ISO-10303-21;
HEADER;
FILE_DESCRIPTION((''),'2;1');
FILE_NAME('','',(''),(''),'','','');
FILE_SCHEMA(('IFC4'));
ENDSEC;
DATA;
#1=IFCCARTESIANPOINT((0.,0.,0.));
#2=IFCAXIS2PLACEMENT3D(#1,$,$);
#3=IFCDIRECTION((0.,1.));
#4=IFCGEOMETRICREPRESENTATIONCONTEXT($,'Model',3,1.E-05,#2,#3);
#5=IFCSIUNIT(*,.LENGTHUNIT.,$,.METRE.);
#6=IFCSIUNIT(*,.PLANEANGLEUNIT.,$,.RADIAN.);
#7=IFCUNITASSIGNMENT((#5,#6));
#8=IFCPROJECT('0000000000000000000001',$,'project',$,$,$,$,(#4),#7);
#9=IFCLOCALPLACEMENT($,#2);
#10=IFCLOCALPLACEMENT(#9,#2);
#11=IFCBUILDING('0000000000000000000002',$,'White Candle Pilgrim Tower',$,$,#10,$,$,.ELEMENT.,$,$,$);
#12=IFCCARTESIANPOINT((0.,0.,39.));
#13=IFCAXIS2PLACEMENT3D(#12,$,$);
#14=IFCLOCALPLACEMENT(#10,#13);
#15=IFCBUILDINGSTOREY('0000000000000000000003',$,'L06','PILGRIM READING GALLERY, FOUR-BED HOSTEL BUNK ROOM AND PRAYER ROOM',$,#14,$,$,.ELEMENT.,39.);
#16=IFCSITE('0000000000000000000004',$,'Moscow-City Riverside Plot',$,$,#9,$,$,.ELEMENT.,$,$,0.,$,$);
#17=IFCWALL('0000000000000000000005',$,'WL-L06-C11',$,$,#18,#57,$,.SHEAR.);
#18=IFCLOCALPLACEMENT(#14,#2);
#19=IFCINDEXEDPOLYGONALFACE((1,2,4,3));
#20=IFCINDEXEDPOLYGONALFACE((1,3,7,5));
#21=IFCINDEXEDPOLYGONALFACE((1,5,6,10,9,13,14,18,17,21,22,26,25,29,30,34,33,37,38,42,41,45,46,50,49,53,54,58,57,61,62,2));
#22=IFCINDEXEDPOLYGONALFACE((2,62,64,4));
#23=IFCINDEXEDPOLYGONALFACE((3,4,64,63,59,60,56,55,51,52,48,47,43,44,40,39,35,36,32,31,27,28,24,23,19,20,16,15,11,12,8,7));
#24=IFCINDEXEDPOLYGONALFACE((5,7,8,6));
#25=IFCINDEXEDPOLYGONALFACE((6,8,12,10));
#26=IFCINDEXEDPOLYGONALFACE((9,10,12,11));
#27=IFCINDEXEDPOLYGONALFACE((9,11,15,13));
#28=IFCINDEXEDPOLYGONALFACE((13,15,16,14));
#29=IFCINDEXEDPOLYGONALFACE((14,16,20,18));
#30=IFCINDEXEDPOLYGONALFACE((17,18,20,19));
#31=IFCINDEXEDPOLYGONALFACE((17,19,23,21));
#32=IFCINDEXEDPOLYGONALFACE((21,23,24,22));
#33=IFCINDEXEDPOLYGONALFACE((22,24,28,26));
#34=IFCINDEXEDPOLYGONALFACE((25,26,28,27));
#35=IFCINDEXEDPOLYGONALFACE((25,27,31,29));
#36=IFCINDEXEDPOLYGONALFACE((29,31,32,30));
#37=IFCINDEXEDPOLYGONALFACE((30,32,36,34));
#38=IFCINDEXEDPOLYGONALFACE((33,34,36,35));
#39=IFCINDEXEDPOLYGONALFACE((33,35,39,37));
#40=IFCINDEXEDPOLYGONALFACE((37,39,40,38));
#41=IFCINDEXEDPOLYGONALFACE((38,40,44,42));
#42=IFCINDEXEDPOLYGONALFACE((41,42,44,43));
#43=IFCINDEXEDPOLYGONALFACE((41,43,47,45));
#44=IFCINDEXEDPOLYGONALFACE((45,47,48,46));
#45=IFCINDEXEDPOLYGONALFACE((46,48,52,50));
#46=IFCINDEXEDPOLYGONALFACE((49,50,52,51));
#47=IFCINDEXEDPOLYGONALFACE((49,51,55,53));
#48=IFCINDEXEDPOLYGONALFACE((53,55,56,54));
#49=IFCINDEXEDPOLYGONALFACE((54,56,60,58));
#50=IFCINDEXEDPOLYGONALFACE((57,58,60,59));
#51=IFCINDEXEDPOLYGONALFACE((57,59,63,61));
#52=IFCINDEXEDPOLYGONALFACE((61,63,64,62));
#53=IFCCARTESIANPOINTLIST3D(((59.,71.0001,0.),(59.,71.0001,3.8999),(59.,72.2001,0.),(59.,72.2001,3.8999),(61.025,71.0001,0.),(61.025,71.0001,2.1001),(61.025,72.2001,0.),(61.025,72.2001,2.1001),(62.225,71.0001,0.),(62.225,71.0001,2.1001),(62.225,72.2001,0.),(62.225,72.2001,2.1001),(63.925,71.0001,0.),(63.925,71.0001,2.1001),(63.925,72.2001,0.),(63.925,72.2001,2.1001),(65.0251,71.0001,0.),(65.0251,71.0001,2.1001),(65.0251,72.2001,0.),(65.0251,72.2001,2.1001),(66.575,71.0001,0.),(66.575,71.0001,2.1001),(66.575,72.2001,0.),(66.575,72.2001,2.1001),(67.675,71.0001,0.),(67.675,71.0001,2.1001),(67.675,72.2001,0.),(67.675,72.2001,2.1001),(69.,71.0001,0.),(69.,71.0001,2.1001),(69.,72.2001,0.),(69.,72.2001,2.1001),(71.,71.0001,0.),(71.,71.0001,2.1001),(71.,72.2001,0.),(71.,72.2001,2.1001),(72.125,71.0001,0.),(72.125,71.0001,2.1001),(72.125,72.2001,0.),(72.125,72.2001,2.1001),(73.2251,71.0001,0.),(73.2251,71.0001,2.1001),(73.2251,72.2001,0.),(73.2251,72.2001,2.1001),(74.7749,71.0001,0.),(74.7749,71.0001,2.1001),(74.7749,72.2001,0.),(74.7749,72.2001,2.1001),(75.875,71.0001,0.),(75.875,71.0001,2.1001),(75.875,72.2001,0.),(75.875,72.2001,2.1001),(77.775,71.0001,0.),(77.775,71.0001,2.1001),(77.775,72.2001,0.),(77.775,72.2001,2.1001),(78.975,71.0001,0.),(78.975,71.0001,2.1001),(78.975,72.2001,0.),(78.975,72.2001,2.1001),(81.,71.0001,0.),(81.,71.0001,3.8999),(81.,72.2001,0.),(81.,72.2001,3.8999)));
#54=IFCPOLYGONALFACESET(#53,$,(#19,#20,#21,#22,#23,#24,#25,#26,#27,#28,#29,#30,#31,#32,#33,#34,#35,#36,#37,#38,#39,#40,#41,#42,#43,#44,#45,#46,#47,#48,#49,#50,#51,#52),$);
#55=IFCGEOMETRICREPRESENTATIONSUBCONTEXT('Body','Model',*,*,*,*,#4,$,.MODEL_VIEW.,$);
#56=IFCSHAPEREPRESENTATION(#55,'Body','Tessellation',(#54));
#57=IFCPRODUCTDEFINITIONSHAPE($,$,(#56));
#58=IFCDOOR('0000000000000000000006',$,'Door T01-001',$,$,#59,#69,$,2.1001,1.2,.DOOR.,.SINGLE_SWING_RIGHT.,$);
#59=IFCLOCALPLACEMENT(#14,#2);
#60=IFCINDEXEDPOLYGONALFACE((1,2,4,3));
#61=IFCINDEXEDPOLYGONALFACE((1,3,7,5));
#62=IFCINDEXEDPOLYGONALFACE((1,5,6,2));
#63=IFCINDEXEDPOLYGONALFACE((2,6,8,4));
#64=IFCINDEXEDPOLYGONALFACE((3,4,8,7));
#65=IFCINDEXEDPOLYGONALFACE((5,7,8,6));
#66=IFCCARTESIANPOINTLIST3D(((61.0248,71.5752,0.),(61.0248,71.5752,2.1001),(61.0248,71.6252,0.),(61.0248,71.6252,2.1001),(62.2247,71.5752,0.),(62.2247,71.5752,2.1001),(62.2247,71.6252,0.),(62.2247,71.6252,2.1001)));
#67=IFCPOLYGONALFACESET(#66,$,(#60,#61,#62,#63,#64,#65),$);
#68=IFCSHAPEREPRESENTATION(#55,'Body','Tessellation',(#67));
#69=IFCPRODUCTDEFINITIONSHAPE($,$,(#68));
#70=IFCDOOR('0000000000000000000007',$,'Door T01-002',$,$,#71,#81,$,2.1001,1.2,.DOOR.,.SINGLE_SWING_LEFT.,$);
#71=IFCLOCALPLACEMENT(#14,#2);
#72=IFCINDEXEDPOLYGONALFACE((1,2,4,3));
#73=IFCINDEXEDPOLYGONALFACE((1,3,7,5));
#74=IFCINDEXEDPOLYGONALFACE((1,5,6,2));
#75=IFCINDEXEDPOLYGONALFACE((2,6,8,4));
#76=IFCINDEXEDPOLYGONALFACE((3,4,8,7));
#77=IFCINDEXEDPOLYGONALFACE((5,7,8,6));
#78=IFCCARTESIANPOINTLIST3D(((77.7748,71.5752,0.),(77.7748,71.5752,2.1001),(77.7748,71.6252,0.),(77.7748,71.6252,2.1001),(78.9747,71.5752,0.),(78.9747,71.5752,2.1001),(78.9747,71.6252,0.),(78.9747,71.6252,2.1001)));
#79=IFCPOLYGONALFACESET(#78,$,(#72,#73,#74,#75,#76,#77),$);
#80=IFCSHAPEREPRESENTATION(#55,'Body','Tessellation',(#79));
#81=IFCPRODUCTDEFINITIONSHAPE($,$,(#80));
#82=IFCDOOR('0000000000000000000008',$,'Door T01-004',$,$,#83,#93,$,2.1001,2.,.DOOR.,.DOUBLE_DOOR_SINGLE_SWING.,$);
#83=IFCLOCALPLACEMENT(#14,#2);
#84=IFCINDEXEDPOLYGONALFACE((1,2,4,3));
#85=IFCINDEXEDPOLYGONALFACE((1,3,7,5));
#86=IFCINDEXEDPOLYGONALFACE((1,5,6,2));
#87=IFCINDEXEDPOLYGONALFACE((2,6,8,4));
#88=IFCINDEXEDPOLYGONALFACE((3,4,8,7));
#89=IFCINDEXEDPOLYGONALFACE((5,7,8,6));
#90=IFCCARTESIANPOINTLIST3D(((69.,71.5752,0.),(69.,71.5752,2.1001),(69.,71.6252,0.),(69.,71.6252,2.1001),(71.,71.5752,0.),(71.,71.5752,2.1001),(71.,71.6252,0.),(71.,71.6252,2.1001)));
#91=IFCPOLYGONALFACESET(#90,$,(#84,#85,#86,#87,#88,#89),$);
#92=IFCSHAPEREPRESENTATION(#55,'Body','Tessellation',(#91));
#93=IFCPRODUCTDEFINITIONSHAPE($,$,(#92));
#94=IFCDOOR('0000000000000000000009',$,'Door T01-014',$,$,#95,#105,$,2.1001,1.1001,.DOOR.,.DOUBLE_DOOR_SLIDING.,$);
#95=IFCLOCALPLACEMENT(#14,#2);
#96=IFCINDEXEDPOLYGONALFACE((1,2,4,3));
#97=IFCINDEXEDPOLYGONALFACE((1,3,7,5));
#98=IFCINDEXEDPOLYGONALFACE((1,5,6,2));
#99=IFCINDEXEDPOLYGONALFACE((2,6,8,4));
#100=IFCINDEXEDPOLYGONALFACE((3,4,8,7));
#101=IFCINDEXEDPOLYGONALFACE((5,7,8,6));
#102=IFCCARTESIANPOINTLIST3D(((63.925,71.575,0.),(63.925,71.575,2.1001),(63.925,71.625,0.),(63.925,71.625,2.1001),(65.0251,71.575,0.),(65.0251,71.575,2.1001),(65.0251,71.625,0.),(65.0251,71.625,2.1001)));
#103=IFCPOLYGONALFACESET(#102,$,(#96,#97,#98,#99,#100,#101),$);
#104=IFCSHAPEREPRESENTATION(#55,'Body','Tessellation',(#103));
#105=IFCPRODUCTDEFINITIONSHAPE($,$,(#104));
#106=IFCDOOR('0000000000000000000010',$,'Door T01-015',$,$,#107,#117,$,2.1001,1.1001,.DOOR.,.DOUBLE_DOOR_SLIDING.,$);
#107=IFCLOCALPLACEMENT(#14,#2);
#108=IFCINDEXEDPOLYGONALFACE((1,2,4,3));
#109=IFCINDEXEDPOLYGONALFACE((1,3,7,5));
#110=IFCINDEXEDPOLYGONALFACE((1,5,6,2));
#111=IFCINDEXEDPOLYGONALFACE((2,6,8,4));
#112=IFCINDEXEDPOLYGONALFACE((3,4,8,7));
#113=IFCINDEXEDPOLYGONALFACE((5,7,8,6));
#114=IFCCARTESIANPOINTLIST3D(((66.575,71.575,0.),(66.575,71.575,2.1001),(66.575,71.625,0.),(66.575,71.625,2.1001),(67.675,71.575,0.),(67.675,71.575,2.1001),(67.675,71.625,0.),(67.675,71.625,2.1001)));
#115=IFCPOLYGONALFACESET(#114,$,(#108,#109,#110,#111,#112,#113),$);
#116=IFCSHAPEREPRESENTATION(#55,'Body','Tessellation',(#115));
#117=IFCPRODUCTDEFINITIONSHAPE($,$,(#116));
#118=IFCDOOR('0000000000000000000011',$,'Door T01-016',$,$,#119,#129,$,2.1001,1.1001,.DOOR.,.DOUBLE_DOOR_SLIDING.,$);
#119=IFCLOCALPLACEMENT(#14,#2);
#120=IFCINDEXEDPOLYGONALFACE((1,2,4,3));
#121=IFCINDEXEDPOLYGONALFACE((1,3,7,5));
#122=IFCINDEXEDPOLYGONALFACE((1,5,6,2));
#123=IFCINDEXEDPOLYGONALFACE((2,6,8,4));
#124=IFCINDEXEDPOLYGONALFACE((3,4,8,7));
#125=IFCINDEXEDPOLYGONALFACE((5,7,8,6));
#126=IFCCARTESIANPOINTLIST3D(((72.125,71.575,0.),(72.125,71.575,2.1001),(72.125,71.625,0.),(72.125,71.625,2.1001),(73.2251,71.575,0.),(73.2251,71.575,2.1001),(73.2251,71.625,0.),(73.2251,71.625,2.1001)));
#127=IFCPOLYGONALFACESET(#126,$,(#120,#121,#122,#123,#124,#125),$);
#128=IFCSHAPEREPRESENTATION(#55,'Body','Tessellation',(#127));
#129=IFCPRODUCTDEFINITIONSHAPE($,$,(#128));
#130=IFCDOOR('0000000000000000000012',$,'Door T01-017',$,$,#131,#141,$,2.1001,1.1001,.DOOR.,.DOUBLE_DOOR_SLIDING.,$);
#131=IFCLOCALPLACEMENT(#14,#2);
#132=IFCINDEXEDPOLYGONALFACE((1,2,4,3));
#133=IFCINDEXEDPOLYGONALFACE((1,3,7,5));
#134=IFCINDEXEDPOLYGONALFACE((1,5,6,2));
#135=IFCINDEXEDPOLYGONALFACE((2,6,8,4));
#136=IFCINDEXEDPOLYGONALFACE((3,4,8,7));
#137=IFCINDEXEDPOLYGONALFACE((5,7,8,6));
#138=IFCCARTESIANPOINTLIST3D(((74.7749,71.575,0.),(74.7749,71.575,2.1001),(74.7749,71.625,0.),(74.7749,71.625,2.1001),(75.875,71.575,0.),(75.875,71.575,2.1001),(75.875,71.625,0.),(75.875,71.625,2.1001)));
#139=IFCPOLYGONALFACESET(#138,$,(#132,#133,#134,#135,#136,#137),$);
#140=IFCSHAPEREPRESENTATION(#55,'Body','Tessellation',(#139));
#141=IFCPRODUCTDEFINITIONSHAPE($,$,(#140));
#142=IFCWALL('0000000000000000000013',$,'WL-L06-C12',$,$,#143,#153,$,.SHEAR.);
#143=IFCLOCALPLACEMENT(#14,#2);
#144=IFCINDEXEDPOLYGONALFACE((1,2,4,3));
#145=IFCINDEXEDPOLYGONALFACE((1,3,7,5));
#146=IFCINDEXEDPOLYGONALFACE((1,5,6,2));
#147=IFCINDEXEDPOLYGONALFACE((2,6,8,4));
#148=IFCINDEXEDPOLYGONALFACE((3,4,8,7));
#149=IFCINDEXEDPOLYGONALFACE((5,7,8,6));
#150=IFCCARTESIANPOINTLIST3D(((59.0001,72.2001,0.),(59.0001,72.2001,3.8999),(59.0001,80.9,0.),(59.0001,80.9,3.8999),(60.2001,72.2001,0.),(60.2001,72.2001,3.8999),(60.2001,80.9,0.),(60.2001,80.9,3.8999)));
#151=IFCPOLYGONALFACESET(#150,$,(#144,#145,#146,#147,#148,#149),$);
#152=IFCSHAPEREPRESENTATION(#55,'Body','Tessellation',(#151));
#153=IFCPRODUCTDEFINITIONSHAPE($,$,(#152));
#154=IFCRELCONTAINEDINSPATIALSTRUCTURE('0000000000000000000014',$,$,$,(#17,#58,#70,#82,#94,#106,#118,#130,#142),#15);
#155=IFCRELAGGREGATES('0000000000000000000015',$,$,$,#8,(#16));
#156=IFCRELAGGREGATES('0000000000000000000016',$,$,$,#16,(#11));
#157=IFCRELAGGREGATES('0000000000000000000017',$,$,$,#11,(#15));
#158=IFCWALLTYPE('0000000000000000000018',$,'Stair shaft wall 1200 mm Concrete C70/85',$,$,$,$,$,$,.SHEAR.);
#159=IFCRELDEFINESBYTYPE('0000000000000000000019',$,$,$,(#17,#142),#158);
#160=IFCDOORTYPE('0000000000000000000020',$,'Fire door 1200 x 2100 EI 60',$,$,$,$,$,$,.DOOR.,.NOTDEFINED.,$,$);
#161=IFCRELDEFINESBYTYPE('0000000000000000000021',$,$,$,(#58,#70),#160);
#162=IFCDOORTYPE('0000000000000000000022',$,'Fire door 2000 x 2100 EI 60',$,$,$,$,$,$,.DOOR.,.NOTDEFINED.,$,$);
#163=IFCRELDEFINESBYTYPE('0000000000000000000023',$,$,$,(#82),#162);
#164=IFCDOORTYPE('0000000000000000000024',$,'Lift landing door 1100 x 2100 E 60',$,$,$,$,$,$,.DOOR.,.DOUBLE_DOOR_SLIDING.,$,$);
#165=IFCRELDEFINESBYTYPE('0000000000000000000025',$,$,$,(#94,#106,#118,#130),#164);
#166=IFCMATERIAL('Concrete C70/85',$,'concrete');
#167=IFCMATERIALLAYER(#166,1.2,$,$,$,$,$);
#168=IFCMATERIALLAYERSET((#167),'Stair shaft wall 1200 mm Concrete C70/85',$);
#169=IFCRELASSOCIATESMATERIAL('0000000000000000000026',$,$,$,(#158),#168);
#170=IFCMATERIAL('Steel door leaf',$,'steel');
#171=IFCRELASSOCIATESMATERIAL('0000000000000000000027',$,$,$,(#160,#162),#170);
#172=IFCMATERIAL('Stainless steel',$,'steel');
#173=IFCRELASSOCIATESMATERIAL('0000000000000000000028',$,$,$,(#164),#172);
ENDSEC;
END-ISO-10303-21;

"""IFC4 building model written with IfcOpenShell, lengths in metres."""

from ifc_helpers import new_model, si_unit, direction, frame, frame_2d, origin, place, context, subcontext, project, spatial, rectangle, extrude, material, layer, layer_set, type_object, element, fill, save


model = new_model("IFC4")

# Units and contexts
model_context = context("Model", 3, precision=1e-05, world=origin(), true_north=direction((0.0, 1.0)))
body_context = subcontext(model_context, "Body", "Model", "MODEL_VIEW")
ifc_project = project(units=[si_unit("LENGTHUNIT", "METRE"), si_unit("PLANEANGLEUNIT", "RADIAN")], contexts=[model_context])

# Site, building, storey
site_placement = place(None, origin())
site = spatial("IfcSite", under=ifc_project, at=site_placement, Name="Moscow-City Riverside Plot", CompositionType="ELEMENT", RefElevation=0.0)
building_placement = place(site_placement, origin())
building = spatial("IfcBuilding", under=site, at=building_placement, Name="White Candle Pilgrim Tower", CompositionType="ELEMENT")
storey_placement = place(building_placement, frame((0.0, 0.0, 39.0)))
storey = spatial("IfcBuildingStorey", under=building, at=storey_placement, Name="L06", Description="PILGRIM READING GALLERY, FOUR-BED HOSTEL BUNK ROOM AND PRAYER ROOM", CompositionType="ELEMENT", Elevation=39.0)

# Shared definitions
ifc_material_1 = material(Name="Steel door leaf", Category="steel")

# Shared definitions
ifc_material_2 = material(Name="Concrete C70/85", Category="concrete")

# Wall, openings, doors
ifc_layer_1 = layer(ifc_material_2, 1.2)
ifc_layer_set_1 = layer_set([ifc_layer_1], Name="Stair shaft wall 1200 mm Concrete C70/85")
wall_type_1 = type_object("IfcWallType", Name="Stair shaft wall 1200 mm Concrete C70/85", PredefinedType="SHEAR", material=ifc_layer_set_1)
wall_1_placement = place(storey_placement, frame((59.0, 71.6001, 0.0), z_axis=(0.0, 0.0, 1.0), x_axis=(1.0, 0.0, 0.0)))
wall_1 = element("IfcWall", 1, at=wall_1_placement, inside=storey, type_object=wall_type_1, Name="WL-L06-C11", PredefinedType="SHEAR", context=body_context, shape_type="SweptSolid", body=[
    extrude(rectangle(XDim=22.0, YDim=1.2, at=frame_2d((11.0, 0.0))), origin(), (0.0, 0.0, 1.0), 3.8999),
])
opening_1_placement = place(wall_1_placement, frame((2.0249, 0.0, 0.0)))
opening_1 = element("IfcOpeningElement", 2, at=opening_1_placement, cuts=wall_1, PredefinedType="OPENING", context=body_context, shape_type="SweptSolid", body=[
    extrude(rectangle(XDim=1.2, YDim=2.1001, at=frame_2d((0.6001, 1.05))), frame((0.0, 0.6099, 0.0), z_axis=(0.0, -1.0, 0.0), x_axis=(1.0, 0.0, 0.0)), (0.0, 0.0, 1.0), 1.22),
])
opening_2_placement = place(wall_1_placement, frame((18.7749, 0.0, 0.0)))
opening_2 = element("IfcOpeningElement", 3, at=opening_2_placement, cuts=wall_1, PredefinedType="OPENING", context=body_context, shape_type="SweptSolid", body=[
    extrude(rectangle(XDim=1.2, YDim=2.1001, at=frame_2d((0.6001, 1.05))), frame((0.0, 0.6099, 0.0), z_axis=(0.0, -1.0, 0.0), x_axis=(1.0, 0.0, 0.0)), (0.0, 0.0, 1.0), 1.22),
])
opening_3_placement = place(wall_1_placement, frame((10.0, 0.0, 0.0)))
opening_3 = element("IfcOpeningElement", 4, at=opening_3_placement, cuts=wall_1, PredefinedType="OPENING", context=body_context, shape_type="SweptSolid", body=[
    extrude(rectangle(XDim=2.0, YDim=2.1001, at=frame_2d((1.0, 1.05))), frame((0.0, 0.6099, 0.0), z_axis=(0.0, -1.0, 0.0), x_axis=(1.0, 0.0, 0.0)), (0.0, 0.0, 1.0), 1.22),
])
opening_4_placement = place(wall_1_placement, frame((4.925, 0.0, 0.0)))
opening_4 = element("IfcOpeningElement", 5, at=opening_4_placement, cuts=wall_1, PredefinedType="OPENING", context=body_context, shape_type="SweptSolid", body=[
    extrude(rectangle(XDim=1.1001, YDim=2.1001, at=frame_2d((0.55, 1.05))), frame((0.0, 0.6099, 0.0), z_axis=(0.0, -1.0, 0.0), x_axis=(1.0, 0.0, 0.0)), (0.0, 0.0, 1.0), 1.22),
])
opening_5_placement = place(wall_1_placement, frame((7.575, 0.0, 0.0)))
opening_5 = element("IfcOpeningElement", 6, at=opening_5_placement, cuts=wall_1, PredefinedType="OPENING", context=body_context, shape_type="SweptSolid", body=[
    extrude(rectangle(XDim=1.1001, YDim=2.1001, at=frame_2d((0.55, 1.05))), frame((0.0, 0.6099, 0.0), z_axis=(0.0, -1.0, 0.0), x_axis=(1.0, 0.0, 0.0)), (0.0, 0.0, 1.0), 1.22),
])
opening_6_placement = place(wall_1_placement, frame((13.125, 0.0, 0.0)))
opening_6 = element("IfcOpeningElement", 7, at=opening_6_placement, cuts=wall_1, PredefinedType="OPENING", context=body_context, shape_type="SweptSolid", body=[
    extrude(rectangle(XDim=1.1001, YDim=2.1001, at=frame_2d((0.55, 1.05))), frame((0.0, 0.6099, 0.0), z_axis=(0.0, -1.0, 0.0), x_axis=(1.0, 0.0, 0.0)), (0.0, 0.0, 1.0), 1.22),
])
opening_7_placement = place(wall_1_placement, frame((15.7749, 0.0, 0.0)))
opening_7 = element("IfcOpeningElement", 8, at=opening_7_placement, cuts=wall_1, PredefinedType="OPENING", context=body_context, shape_type="SweptSolid", body=[
    extrude(rectangle(XDim=1.1001, YDim=2.1001, at=frame_2d((0.55, 1.05))), frame((0.0, 0.6099, 0.0), z_axis=(0.0, -1.0, 0.0), x_axis=(1.0, 0.0, 0.0)), (0.0, 0.0, 1.0), 1.22),
])
door_type_1 = type_object("IfcDoorType", Name="Fire door 1200 x 2100 EI 60", OperationType="NOTDEFINED", PredefinedType="DOOR", material=ifc_material_1)
door_1_placement = place(opening_1_placement, frame((1.2, 0.0, 0.0), z_axis=(0.0, 0.0, 1.0), x_axis=(-1.0, 0.0, 0.0)))
door_1 = element("IfcDoor", 9, at=door_1_placement, inside=storey, type_object=door_type_1, Name="Door T01-001", OperationType="SINGLE_SWING_RIGHT", OverallHeight=2.1001, OverallWidth=1.2, PredefinedType="DOOR", context=body_context, shape_type="SweptSolid", body=[
    extrude(rectangle(XDim=1.2, YDim=2.1001, at=frame_2d((0.6001, 1.05))), frame((0.0, 0.0249, 0.0), z_axis=(0.0, -1.0, 0.0), x_axis=(1.0, 0.0, 0.0)), (0.0, 0.0, 1.0), 0.05),
])
fill(opening_1, door_1)
door_2_placement = place(opening_2_placement, frame((1.2, 0.0, 0.0), z_axis=(0.0, 0.0, 1.0), x_axis=(-1.0, 0.0, 0.0)))
door_2 = element("IfcDoor", 10, at=door_2_placement, inside=storey, type_object=door_type_1, Name="Door T01-002", OperationType="SINGLE_SWING_LEFT", OverallHeight=2.1001, OverallWidth=1.2, PredefinedType="DOOR", context=body_context, shape_type="SweptSolid", body=[
    extrude(rectangle(XDim=1.2, YDim=2.1001, at=frame_2d((0.6001, 1.05))), frame((0.0, 0.0249, 0.0), z_axis=(0.0, -1.0, 0.0), x_axis=(1.0, 0.0, 0.0)), (0.0, 0.0, 1.0), 0.05),
])
fill(opening_2, door_2)
door_type_2 = type_object("IfcDoorType", Name="Fire door 2000 x 2100 EI 60", OperationType="NOTDEFINED", PredefinedType="DOOR", material=ifc_material_1)
door_3_placement = place(opening_3_placement, frame((2.0, 0.0, 0.0), z_axis=(0.0, 0.0, 1.0), x_axis=(-1.0, 0.0, 0.0)))
door_3 = element("IfcDoor", 11, at=door_3_placement, inside=storey, type_object=door_type_2, Name="Door T01-004", OperationType="DOUBLE_DOOR_SINGLE_SWING", OverallHeight=2.1001, OverallWidth=2.0, PredefinedType="DOOR", context=body_context, shape_type="SweptSolid", body=[
    extrude(rectangle(XDim=2.0, YDim=2.1001, at=frame_2d((1.0, 1.05))), frame((0.0, 0.0249, 0.0), z_axis=(0.0, -1.0, 0.0), x_axis=(1.0, 0.0, 0.0)), (0.0, 0.0, 1.0), 0.05),
])
fill(opening_3, door_3)
ifc_material_3 = material(Name="Stainless steel", Category="steel")
door_type_3 = type_object("IfcDoorType", Name="Lift landing door 1100 x 2100 E 60", OperationType="DOUBLE_DOOR_SLIDING", PredefinedType="DOOR", material=ifc_material_3)
door_4_placement = place(opening_4_placement, origin())
door_4 = element("IfcDoor", 12, at=door_4_placement, inside=storey, type_object=door_type_3, Name="Door T01-014", OperationType="DOUBLE_DOOR_SLIDING", OverallHeight=2.1001, OverallWidth=1.1001, PredefinedType="DOOR", context=body_context, shape_type="SweptSolid", body=[
    extrude(rectangle(XDim=1.1001, YDim=2.1001, at=frame_2d((0.55, 1.05))), frame((0.0, 0.0249, 0.0), z_axis=(0.0, -1.0, 0.0), x_axis=(1.0, 0.0, 0.0)), (0.0, 0.0, 1.0), 0.05),
])
fill(opening_4, door_4)
door_5_placement = place(opening_5_placement, origin())
door_5 = element("IfcDoor", 13, at=door_5_placement, inside=storey, type_object=door_type_3, Name="Door T01-015", OperationType="DOUBLE_DOOR_SLIDING", OverallHeight=2.1001, OverallWidth=1.1001, PredefinedType="DOOR", context=body_context, shape_type="SweptSolid", body=[
    extrude(rectangle(XDim=1.1001, YDim=2.1001, at=frame_2d((0.55, 1.05))), frame((0.0, 0.0249, 0.0), z_axis=(0.0, -1.0, 0.0), x_axis=(1.0, 0.0, 0.0)), (0.0, 0.0, 1.0), 0.05),
])
fill(opening_5, door_5)
door_6_placement = place(opening_6_placement, origin())
door_6 = element("IfcDoor", 14, at=door_6_placement, inside=storey, type_object=door_type_3, Name="Door T01-016", OperationType="DOUBLE_DOOR_SLIDING", OverallHeight=2.1001, OverallWidth=1.1001, PredefinedType="DOOR", context=body_context, shape_type="SweptSolid", body=[
    extrude(rectangle(XDim=1.1001, YDim=2.1001, at=frame_2d((0.55, 1.05))), frame((0.0, 0.0249, 0.0), z_axis=(0.0, -1.0, 0.0), x_axis=(1.0, 0.0, 0.0)), (0.0, 0.0, 1.0), 0.05),
])
fill(opening_6, door_6)
door_7_placement = place(opening_7_placement, origin())
door_7 = element("IfcDoor", 15, at=door_7_placement, inside=storey, type_object=door_type_3, Name="Door T01-017", OperationType="DOUBLE_DOOR_SLIDING", OverallHeight=2.1001, OverallWidth=1.1001, PredefinedType="DOOR", context=body_context, shape_type="SweptSolid", body=[
    extrude(rectangle(XDim=1.1001, YDim=2.1001, at=frame_2d((0.55, 1.05))), frame((0.0, 0.0249, 0.0), z_axis=(0.0, -1.0, 0.0), x_axis=(1.0, 0.0, 0.0)), (0.0, 0.0, 1.0), 0.05),
])
fill(opening_7, door_7)

# Wall
wall_2_placement = place(storey_placement, frame((59.6001, 72.2, 0.0), z_axis=(0.0, 0.0, 1.0), x_axis=(0.0, 1.0, 0.0)))
element("IfcWall", 16, at=wall_2_placement, inside=storey, type_object=wall_type_1, Name="WL-L06-C12", PredefinedType="SHEAR", context=body_context, shape_type="SweptSolid", body=[
    extrude(rectangle(XDim=8.7, YDim=1.2, at=frame_2d((4.3501, 0.0))), origin(), (0.0, 0.0, 1.0), 3.8999),
])

save(model, "model.ifc")
